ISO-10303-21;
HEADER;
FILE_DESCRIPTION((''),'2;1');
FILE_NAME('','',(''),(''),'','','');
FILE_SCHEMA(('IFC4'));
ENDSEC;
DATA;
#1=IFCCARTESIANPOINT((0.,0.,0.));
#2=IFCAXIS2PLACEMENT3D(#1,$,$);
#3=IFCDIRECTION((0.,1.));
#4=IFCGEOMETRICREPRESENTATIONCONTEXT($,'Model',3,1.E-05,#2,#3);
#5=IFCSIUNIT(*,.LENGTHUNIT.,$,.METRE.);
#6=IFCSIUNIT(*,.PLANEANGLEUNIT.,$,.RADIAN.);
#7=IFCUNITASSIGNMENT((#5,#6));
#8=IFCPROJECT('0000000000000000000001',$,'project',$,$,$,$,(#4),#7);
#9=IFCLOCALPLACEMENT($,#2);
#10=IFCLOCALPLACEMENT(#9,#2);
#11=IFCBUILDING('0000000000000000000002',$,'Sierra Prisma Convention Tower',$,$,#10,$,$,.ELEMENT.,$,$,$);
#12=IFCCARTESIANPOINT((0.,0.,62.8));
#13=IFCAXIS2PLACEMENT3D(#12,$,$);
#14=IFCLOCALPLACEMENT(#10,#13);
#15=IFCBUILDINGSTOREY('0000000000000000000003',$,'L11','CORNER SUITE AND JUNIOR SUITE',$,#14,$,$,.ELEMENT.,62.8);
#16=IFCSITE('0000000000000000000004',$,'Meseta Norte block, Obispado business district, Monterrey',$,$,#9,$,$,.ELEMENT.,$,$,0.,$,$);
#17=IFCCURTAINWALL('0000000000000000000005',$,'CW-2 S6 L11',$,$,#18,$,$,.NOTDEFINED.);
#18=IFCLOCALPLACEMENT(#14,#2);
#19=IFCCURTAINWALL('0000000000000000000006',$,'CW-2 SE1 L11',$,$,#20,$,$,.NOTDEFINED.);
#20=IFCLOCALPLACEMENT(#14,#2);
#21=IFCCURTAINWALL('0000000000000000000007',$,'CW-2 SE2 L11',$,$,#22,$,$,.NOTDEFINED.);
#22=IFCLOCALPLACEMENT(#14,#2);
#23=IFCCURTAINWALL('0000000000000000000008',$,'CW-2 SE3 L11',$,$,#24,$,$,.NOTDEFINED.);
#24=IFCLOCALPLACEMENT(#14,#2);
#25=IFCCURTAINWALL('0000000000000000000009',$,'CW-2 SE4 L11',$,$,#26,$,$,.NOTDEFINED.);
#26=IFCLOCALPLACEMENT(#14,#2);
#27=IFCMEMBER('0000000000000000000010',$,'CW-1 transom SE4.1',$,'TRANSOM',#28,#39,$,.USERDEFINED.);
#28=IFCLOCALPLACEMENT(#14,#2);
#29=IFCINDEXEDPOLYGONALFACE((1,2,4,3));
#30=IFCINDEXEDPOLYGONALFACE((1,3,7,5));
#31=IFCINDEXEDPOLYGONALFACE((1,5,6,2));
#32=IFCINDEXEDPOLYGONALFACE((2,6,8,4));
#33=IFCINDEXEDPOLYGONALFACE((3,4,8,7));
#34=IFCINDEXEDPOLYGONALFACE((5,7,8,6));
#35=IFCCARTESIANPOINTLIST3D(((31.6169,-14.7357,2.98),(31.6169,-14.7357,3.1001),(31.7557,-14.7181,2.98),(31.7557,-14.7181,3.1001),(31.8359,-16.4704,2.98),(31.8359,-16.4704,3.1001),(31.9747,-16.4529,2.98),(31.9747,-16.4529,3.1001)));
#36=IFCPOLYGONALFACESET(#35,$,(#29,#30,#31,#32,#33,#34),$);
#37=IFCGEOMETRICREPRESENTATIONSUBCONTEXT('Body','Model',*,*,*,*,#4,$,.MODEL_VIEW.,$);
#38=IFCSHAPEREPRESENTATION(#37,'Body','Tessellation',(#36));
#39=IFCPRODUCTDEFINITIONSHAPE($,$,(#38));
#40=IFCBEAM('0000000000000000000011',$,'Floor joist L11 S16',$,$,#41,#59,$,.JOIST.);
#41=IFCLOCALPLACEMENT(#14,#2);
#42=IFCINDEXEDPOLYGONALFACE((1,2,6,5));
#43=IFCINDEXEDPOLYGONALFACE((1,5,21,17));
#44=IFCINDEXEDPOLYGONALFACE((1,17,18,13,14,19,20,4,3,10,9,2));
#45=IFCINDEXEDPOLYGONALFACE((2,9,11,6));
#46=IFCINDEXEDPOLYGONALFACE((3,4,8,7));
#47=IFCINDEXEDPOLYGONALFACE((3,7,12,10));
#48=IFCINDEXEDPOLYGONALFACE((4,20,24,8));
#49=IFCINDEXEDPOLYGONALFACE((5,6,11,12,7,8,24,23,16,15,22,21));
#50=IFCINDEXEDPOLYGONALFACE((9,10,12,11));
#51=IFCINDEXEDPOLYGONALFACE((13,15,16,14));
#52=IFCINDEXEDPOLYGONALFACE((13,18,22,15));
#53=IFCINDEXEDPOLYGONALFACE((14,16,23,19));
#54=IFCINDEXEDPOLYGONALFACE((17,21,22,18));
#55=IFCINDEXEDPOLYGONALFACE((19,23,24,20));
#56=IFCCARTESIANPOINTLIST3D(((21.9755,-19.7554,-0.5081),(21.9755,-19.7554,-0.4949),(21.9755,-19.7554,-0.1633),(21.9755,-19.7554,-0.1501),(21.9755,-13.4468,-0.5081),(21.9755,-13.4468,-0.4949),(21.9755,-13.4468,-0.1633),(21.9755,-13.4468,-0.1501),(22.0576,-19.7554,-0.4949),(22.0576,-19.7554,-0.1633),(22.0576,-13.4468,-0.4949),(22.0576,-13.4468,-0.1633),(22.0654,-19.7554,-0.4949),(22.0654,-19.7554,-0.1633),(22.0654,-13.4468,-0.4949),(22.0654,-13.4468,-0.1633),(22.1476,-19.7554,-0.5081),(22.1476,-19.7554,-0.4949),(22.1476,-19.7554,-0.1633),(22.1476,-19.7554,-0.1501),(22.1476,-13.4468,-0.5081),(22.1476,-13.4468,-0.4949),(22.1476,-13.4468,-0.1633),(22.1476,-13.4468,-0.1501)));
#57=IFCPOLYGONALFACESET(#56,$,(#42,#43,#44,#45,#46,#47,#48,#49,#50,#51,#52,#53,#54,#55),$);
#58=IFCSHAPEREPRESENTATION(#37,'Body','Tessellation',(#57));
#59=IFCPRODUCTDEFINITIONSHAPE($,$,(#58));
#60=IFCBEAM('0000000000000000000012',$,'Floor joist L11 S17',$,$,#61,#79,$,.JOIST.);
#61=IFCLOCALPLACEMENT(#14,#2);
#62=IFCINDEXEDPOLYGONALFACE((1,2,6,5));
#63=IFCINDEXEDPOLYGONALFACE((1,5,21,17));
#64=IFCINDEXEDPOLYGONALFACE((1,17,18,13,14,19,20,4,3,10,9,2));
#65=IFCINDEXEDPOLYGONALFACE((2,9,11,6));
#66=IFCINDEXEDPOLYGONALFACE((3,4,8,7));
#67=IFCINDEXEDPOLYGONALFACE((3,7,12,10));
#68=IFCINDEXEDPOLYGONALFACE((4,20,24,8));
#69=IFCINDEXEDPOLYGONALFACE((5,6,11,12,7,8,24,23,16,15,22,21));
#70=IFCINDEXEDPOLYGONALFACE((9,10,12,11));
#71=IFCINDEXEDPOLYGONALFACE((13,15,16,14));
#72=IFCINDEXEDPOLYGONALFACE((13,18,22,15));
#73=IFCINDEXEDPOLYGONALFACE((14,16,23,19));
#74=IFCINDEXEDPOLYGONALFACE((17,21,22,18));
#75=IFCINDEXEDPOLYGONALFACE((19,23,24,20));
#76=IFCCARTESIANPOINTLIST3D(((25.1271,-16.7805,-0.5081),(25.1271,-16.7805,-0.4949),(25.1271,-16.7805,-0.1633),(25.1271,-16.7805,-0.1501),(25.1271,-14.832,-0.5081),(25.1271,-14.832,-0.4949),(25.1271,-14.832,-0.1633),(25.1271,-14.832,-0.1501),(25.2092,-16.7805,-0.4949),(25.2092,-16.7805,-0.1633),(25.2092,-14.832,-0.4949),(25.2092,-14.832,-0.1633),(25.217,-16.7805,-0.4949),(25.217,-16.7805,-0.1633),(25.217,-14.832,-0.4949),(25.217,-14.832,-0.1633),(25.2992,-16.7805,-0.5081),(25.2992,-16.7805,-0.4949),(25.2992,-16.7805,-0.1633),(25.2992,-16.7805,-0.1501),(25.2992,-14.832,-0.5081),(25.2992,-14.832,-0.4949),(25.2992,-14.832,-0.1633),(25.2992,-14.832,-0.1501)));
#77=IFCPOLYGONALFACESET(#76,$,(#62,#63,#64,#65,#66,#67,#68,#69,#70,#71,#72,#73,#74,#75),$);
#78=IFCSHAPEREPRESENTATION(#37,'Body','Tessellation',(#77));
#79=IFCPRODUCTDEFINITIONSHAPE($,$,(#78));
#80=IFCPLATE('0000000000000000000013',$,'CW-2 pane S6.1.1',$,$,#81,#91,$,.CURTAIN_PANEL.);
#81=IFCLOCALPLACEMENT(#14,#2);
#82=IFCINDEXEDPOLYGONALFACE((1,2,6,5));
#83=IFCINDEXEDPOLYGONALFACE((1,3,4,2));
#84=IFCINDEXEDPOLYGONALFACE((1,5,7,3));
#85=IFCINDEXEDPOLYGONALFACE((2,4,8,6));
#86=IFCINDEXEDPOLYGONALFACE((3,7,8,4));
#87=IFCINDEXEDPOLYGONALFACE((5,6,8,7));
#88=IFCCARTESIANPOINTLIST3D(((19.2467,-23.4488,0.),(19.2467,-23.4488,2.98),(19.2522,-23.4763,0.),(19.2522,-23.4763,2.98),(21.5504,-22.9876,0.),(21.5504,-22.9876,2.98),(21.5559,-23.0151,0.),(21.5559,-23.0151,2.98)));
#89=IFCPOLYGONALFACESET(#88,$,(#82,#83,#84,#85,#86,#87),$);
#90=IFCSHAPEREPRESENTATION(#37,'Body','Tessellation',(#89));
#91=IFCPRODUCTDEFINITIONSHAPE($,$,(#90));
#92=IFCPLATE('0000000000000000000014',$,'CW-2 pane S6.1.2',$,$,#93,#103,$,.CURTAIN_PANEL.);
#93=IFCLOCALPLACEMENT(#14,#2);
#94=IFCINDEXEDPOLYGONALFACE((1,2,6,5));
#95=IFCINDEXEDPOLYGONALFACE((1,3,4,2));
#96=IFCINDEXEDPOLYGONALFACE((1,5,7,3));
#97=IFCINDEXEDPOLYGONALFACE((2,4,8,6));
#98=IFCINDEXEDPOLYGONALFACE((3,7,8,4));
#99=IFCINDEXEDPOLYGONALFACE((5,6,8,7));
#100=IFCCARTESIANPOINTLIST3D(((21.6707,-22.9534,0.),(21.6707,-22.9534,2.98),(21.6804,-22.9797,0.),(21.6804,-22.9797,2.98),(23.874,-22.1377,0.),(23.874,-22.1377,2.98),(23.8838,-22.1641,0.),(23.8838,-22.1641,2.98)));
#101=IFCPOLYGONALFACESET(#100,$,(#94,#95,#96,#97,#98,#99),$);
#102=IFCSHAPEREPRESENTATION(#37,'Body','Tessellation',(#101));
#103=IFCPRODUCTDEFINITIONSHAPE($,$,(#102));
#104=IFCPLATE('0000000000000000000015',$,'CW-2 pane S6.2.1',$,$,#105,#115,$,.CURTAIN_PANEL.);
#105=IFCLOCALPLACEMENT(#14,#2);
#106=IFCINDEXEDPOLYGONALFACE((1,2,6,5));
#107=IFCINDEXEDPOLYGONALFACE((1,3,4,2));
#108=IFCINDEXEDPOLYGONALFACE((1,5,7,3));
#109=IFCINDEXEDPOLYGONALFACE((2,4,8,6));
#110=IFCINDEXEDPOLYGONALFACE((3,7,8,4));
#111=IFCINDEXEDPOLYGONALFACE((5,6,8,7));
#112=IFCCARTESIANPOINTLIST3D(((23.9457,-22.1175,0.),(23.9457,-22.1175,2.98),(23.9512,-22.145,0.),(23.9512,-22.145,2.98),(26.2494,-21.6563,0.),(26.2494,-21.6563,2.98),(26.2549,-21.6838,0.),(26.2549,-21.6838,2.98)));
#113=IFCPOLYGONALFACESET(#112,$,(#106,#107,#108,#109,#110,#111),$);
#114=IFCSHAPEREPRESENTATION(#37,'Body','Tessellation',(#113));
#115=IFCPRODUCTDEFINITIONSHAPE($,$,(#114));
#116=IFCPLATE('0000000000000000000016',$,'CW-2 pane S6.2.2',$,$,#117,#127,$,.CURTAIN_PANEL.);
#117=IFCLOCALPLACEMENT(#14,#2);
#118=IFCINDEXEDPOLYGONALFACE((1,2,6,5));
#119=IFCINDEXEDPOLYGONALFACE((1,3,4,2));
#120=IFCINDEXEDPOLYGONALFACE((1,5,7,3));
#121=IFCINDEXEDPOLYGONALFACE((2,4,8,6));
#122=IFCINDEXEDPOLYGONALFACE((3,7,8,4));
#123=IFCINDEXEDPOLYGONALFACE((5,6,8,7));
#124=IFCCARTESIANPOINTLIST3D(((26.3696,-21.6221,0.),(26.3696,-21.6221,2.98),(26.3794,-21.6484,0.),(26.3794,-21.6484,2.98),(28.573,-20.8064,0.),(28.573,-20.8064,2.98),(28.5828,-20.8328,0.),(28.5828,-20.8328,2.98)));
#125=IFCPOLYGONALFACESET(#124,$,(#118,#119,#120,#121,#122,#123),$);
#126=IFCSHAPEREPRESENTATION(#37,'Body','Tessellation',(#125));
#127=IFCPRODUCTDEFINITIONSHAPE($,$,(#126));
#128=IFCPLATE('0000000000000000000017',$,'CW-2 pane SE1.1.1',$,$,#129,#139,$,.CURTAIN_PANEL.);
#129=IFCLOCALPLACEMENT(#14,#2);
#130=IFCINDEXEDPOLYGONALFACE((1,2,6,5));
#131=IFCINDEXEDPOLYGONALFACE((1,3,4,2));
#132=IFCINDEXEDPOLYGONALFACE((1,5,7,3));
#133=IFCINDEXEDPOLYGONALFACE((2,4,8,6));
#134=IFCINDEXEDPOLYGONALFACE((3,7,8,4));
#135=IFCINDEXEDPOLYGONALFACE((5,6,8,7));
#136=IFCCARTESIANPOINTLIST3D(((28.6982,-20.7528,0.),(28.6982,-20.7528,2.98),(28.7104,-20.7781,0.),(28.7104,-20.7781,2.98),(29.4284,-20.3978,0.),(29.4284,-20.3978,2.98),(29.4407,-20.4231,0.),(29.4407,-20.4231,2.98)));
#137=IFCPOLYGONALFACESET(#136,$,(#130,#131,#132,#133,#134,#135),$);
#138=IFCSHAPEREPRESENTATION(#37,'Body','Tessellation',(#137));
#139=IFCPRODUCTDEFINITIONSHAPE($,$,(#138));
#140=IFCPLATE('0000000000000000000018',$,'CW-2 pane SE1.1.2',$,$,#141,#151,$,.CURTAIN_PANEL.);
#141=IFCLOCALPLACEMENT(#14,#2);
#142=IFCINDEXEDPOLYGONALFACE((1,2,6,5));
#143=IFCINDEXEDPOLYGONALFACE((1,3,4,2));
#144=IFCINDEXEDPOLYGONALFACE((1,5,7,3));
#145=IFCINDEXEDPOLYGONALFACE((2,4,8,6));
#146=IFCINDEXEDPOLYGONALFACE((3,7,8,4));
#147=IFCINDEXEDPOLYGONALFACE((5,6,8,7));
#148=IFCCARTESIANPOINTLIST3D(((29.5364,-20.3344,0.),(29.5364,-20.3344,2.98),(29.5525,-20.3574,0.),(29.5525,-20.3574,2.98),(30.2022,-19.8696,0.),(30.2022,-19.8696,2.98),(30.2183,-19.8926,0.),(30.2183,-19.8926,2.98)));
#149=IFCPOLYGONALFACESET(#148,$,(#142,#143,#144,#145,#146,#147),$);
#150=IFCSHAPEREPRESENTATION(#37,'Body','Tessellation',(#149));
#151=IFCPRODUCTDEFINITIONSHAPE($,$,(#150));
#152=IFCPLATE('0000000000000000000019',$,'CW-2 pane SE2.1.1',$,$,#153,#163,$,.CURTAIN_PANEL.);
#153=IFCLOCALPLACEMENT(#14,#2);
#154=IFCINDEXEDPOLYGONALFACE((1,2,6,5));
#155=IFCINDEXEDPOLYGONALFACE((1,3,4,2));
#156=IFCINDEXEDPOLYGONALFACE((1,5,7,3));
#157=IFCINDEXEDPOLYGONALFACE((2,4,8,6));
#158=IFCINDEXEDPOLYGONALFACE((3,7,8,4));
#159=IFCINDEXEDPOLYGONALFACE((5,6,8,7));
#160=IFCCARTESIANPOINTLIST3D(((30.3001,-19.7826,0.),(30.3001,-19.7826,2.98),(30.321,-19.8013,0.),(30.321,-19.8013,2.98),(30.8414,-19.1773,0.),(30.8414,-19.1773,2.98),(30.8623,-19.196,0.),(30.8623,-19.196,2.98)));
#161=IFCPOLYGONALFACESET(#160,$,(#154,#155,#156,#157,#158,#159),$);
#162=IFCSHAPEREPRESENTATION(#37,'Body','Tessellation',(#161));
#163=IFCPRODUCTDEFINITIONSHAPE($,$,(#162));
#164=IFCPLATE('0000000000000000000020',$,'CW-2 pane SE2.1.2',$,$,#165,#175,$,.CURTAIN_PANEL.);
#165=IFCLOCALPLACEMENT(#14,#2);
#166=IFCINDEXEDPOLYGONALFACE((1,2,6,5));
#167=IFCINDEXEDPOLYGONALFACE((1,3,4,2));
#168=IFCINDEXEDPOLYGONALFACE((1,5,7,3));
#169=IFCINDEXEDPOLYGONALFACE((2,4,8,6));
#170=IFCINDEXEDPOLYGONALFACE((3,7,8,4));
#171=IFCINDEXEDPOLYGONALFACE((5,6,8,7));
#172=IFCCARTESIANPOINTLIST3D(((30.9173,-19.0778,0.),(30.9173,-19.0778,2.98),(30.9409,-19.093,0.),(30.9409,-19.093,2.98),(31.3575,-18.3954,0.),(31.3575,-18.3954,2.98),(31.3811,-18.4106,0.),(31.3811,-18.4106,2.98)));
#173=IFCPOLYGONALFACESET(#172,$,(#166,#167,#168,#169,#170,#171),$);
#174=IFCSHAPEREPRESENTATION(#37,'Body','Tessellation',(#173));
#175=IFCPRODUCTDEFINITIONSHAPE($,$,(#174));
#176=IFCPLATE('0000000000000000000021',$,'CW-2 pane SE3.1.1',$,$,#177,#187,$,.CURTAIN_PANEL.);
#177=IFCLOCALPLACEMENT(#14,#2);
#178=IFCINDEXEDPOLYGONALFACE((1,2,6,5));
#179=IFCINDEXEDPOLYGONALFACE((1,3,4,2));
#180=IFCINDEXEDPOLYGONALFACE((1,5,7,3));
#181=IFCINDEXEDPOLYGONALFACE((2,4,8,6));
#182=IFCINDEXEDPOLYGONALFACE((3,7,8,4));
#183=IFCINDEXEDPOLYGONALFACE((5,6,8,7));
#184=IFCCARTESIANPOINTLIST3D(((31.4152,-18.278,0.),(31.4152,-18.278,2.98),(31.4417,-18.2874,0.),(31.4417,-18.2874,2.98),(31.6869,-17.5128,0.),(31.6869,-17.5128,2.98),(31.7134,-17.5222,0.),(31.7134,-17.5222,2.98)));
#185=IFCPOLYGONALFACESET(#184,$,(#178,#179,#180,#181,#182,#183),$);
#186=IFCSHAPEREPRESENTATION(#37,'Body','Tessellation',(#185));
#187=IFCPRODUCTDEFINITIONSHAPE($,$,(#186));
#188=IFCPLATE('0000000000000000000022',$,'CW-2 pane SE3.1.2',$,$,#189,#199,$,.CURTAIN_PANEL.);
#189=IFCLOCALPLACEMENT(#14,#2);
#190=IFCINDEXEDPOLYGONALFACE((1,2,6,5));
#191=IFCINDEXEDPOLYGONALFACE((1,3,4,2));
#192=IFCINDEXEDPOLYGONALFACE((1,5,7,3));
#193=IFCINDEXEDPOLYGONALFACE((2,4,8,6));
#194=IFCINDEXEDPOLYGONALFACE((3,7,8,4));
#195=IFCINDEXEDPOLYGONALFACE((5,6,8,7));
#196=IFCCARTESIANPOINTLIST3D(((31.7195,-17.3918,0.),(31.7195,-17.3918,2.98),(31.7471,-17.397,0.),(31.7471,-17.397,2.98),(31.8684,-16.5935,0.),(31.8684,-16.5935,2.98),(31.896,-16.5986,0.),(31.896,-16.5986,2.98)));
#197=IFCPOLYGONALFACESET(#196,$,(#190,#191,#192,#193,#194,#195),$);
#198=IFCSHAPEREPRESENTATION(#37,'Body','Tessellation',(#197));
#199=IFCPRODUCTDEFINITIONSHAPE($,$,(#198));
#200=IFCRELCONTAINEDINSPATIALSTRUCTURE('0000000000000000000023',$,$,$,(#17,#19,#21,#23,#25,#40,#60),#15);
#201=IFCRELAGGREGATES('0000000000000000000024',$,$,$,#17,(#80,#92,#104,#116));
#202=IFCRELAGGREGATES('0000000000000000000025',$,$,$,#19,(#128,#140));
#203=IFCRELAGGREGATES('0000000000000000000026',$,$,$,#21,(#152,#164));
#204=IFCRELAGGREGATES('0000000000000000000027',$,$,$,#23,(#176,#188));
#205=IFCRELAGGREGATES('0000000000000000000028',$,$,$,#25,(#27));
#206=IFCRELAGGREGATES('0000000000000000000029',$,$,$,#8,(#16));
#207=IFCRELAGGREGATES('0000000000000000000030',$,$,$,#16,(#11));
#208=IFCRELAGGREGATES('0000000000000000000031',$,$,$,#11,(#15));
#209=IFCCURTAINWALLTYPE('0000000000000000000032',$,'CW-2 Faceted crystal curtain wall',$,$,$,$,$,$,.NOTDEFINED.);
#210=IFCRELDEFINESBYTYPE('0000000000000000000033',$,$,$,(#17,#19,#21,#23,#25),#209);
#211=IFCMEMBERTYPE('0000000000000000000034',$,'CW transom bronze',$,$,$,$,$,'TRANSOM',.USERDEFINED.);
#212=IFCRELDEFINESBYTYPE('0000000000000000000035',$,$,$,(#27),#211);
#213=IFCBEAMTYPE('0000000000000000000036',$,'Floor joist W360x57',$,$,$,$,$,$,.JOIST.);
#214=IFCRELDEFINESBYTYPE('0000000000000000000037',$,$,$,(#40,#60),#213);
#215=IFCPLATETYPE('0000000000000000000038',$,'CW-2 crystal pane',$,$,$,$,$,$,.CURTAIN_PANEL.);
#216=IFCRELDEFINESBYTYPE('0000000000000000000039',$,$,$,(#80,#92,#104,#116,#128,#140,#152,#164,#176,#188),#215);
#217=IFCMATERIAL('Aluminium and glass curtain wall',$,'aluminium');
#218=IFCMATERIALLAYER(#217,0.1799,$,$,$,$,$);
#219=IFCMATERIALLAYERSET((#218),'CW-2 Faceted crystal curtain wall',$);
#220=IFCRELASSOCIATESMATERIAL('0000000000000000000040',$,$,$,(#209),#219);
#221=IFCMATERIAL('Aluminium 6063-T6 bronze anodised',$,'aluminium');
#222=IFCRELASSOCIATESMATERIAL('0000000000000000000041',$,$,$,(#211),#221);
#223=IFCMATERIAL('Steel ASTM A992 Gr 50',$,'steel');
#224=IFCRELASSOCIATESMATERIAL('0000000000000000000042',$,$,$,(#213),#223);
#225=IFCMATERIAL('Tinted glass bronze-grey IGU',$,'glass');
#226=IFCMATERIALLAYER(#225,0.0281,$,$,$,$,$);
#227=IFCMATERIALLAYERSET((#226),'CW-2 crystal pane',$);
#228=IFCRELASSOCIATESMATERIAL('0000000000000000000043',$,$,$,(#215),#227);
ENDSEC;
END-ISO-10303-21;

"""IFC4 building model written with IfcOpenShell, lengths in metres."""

from ifc_helpers import new_model, si_unit, direction, frame, origin, origin_2d, place, context, subcontext, project, spatial, polyline, rectangle, i_section, outline, extrude, material, layer, layer_set, material_profile, profile_set, type_object, element, aggregate, save


model = new_model("IFC4")

# Units and contexts
model_context = context("Model", 3, precision=1e-05, world=origin(), true_north=direction((0.0, 1.0)))
body_context = subcontext(model_context, "Body", "Model", "MODEL_VIEW")
ifc_project = project(units=[si_unit("LENGTHUNIT", "METRE"), si_unit("PLANEANGLEUNIT", "RADIAN")], contexts=[model_context])

# Site, building, storey
site_placement = place(None, origin())
site = spatial("IfcSite", under=ifc_project, at=site_placement, Name="Meseta Norte block, Obispado business district, Monterrey", CompositionType="ELEMENT", RefElevation=0.0)
building_placement = place(site_placement, origin())
building = spatial("IfcBuilding", under=site, at=building_placement, Name="Sierra Prisma Convention Tower", CompositionType="ELEMENT")
storey_placement = place(building_placement, frame((0.0, 0.0, 62.8)))
storey = spatial("IfcBuildingStorey", under=building, at=storey_placement, Name="L11", Description="CORNER SUITE AND JUNIOR SUITE", CompositionType="ELEMENT", Elevation=62.8)

# Curtain wall
ifc_material_1 = material(Name="Aluminium and glass curtain wall", Category="aluminium")
ifc_layer_1 = layer(ifc_material_1, 0.1799)
ifc_layer_set_1 = layer_set([ifc_layer_1], Name="CW-2 Faceted crystal curtain wall")
curtain_wall_type = type_object("IfcCurtainWallType", Name="CW-2 Faceted crystal curtain wall", PredefinedType="NOTDEFINED", material=ifc_layer_set_1)
curtain_wall_1_placement = place(storey_placement, origin())
curtain_wall_1 = element("IfcCurtainWall", 1, at=curtain_wall_1_placement, inside=storey, type_object=curtain_wall_type, Name="CW-2 S6 L11", PredefinedType="NOTDEFINED")

# Curtain walls
curtain_wall_2_placement = place(storey_placement, origin())
curtain_wall_2 = element("IfcCurtainWall", 2, at=curtain_wall_2_placement, inside=storey, type_object=curtain_wall_type, Name="CW-2 SE1 L11", PredefinedType="NOTDEFINED")
curtain_wall_3_placement = place(storey_placement, origin())
curtain_wall_3 = element("IfcCurtainWall", 3, at=curtain_wall_3_placement, inside=storey, type_object=curtain_wall_type, Name="CW-2 SE2 L11", PredefinedType="NOTDEFINED")
curtain_wall_4_placement = place(storey_placement, origin())
curtain_wall_4 = element("IfcCurtainWall", 4, at=curtain_wall_4_placement, inside=storey, type_object=curtain_wall_type, Name="CW-2 SE3 L11", PredefinedType="NOTDEFINED")

# Curtain wall
curtain_wall_5_placement = place(storey_placement, origin())
curtain_wall_5 = element("IfcCurtainWall", 5, at=curtain_wall_5_placement, inside=storey, type_object=curtain_wall_type, Name="CW-2 SE4 L11", PredefinedType="NOTDEFINED")

# Member
ifc_material_2 = material(Name="Aluminium 6063-T6 bronze anodised", Category="aluminium")
ifc_material_profile_1 = material_profile(ifc_material_2, rectangle(XDim=0.1399, YDim=0.1201, at=origin_2d()), Name="ALU TRANSOM 120x140")
ifc_profile_set_1 = profile_set([ifc_material_profile_1], Name="Aluminium 6063-T6 bronze anodised")
member_type_1 = type_object("IfcMemberType", Name="CW transom bronze", ElementType="TRANSOM", PredefinedType="USERDEFINED", material=ifc_profile_set_1)
member_1_placement = place(storey_placement, frame((31.9053, -16.4617, 3.04), z_axis=(-0.125238, 0.992127, 0.0), x_axis=(-0.992127, -0.125238, 0.0)))
member_1 = element("IfcMember", 6, at=member_1_placement, type_object=member_type_1, Name="CW-1 transom SE4.1", ObjectType="TRANSOM", PredefinedType="USERDEFINED", context=body_context, shape_type="SweptSolid", body=[
    extrude(rectangle(XDim=0.1399, YDim=0.1201, at=origin_2d()), origin(), (0.0, 0.0, 1.0), 1.7485),
])

# Beams
ifc_material_3 = material(Name="Steel ASTM A992 Gr 50", Category="steel")
ifc_material_profile_2 = material_profile(ifc_material_3, i_section(OverallWidth=0.1721, OverallDepth=0.3579, WebThickness=0.0078, FlangeThickness=0.0132, at=origin_2d()), Name="W360x57")
ifc_profile_set_2 = profile_set([ifc_material_profile_2], Name="Steel ASTM A992 Gr 50")
beam_type = type_object("IfcBeamType", Name="Floor joist W360x57", PredefinedType="JOIST", material=ifc_profile_set_2)
beam_1_placement = place(storey_placement, frame((22.0615, -19.7554, -0.3291), z_axis=(0.0, 1.0, 0.0), x_axis=(-1.0, 0.0, 0.0)))
element("IfcBeam", 7, at=beam_1_placement, inside=storey, type_object=beam_type, Name="Floor joist L11 S16", PredefinedType="JOIST", context=body_context, shape_type="SweptSolid", body=[
    extrude(i_section(OverallWidth=0.1721, OverallDepth=0.3579, WebThickness=0.0078, FlangeThickness=0.0132, at=origin_2d()), origin(), (0.0, 0.0, 1.0), 6.3086),
])
beam_2_placement = place(storey_placement, frame((25.2131, -16.7805, -0.3291), z_axis=(0.0, 1.0, 0.0), x_axis=(-1.0, 0.0, 0.0)))
element("IfcBeam", 8, at=beam_2_placement, inside=storey, type_object=beam_type, Name="Floor joist L11 S17", PredefinedType="JOIST", context=body_context, shape_type="SweptSolid", body=[
    extrude(i_section(OverallWidth=0.1721, OverallDepth=0.3579, WebThickness=0.0078, FlangeThickness=0.0132, at=origin_2d()), origin(), (0.0, 0.0, 1.0), 1.9485),
])

# Plates
ifc_material_4 = material(Name="Tinted glass bronze-grey IGU", Category="glass")
ifc_layer_2 = layer(ifc_material_4, 0.0281)
ifc_layer_set_2 = layer_set([ifc_layer_2], Name="CW-2 crystal pane")
plate_type = type_object("IfcPlateType", Name="CW-2 crystal pane", PredefinedType="CURTAIN_PANEL", material=ifc_layer_set_2)
plate_1_placement = place(storey_placement, frame((19.2522, -23.4763, 0.0), z_axis=(0.196296, -0.980545, 0.0), x_axis=(0.980545, 0.196296, 0.0)))
plate_1 = element("IfcPlate", 9, at=plate_1_placement, type_object=plate_type, Name="CW-2 pane S6.1.1", PredefinedType="CURTAIN_PANEL", context=body_context, shape_type="SweptSolid", body=[
    extrude(outline(polyline([(0.0, 0.0), (2.3494, 0.0), (2.3494, 2.98), (0.0, 2.98), (0.0, 0.0)])), origin(), (0.0, 0.0, -1.0), 0.0281),
])
plate_2_placement = place(storey_placement, frame((23.8838, -22.1641, 0.0), z_axis=(0.347169, -0.937803, 0.0), x_axis=(-0.937803, -0.347169, 0.0)))
plate_2 = element("IfcPlate", 10, at=plate_2_placement, type_object=plate_type, Name="CW-2 pane S6.1.2", PredefinedType="CURTAIN_PANEL", context=body_context, shape_type="SweptSolid", body=[
    extrude(outline(polyline([(0.0, 0.0), (2.3495, 0.0), (2.3495, -2.98), (0.0, -2.98), (0.0, 0.0)])), origin(), (0.0, 0.0, -1.0), 0.0281),
])
plate_3_placement = place(storey_placement, frame((23.9512, -22.145, 0.0), z_axis=(0.196296, -0.980545, 0.0), x_axis=(0.980545, 0.196296, 0.0)))
plate_3 = element("IfcPlate", 11, at=plate_3_placement, type_object=plate_type, Name="CW-2 pane S6.2.1", PredefinedType="CURTAIN_PANEL", context=body_context, shape_type="SweptSolid", body=[
    extrude(outline(polyline([(0.0, 0.0), (2.3494, 0.0), (2.3494, 2.98), (0.0, 2.98), (0.0, 0.0)])), origin(), (0.0, 0.0, -1.0), 0.0281),
])
plate_4_placement = place(storey_placement, frame((28.5828, -20.8328, 0.0), z_axis=(0.347169, -0.937803, 0.0), x_axis=(-0.937803, -0.347169, 0.0)))
plate_4 = element("IfcPlate", 12, at=plate_4_placement, type_object=plate_type, Name="CW-2 pane S6.2.2", PredefinedType="CURTAIN_PANEL", context=body_context, shape_type="SweptSolid", body=[
    extrude(outline(polyline([(0.0, 0.0), (2.3495, 0.0), (2.3495, -2.98), (0.0, -2.98), (0.0, 0.0)])), origin(), (0.0, 0.0, -1.0), 0.0281),
])
aggregate(curtain_wall_1, [plate_1, plate_2, plate_3, plate_4])
plate_5_placement = place(storey_placement, frame((28.7104, -20.7781, 0.0), z_axis=(0.437203, -0.899363, 0.0), x_axis=(0.899363, 0.437203, 0.0)))
plate_5 = element("IfcPlate", 13, at=plate_5_placement, type_object=plate_type, Name="CW-2 pane SE1.1.1", PredefinedType="CURTAIN_PANEL", context=body_context, shape_type="SweptSolid", body=[
    extrude(outline(polyline([(0.0, 0.0), (0.8119, 0.0), (0.8119, 2.98), (0.0, 2.98), (0.0, 0.0)])), origin(), (0.0, 0.0, -1.0), 0.0281),
])
plate_6_placement = place(storey_placement, frame((30.2183, -19.8926, 0.0), z_axis=(0.572473, -0.819923, 0.0), x_axis=(-0.819923, -0.572473, 0.0)))
plate_6 = element("IfcPlate", 14, at=plate_6_placement, type_object=plate_type, Name="CW-2 pane SE1.1.2", PredefinedType="CURTAIN_PANEL", context=body_context, shape_type="SweptSolid", body=[
    extrude(outline(polyline([(0.0, 0.0), (0.812, 0.0), (0.812, -2.98), (0.0, -2.98), (0.0, 0.0)])), origin(), (0.0, 0.0, -1.0), 0.0281),
])
aggregate(curtain_wall_2, [plate_5, plate_6])
plate_7_placement = place(storey_placement, frame((30.321, -19.8013, 0.0), z_axis=(0.745399, -0.666619, 0.0), x_axis=(0.666619, 0.745399, 0.0)))
plate_7 = element("IfcPlate", 15, at=plate_7_placement, type_object=plate_type, Name="CW-2 pane SE2.1.1", PredefinedType="CURTAIN_PANEL", context=body_context, shape_type="SweptSolid", body=[
    extrude(outline(polyline([(0.0, 0.0), (0.8119, 0.0), (0.8119, 2.98), (0.0, 2.98), (0.0, 0.0)])), origin(), (0.0, 0.0, -1.0), 0.0281),
])
plate_8_placement = place(storey_placement, frame((31.3811, -18.4106, 0.0), z_axis=(0.840328, -0.542079, 0.0), x_axis=(-0.542079, -0.840328, 0.0)))
plate_8 = element("IfcPlate", 16, at=plate_8_placement, type_object=plate_type, Name="CW-2 pane SE2.1.2", PredefinedType="CURTAIN_PANEL", context=body_context, shape_type="SweptSolid", body=[
    extrude(outline(polyline([(0.0, 0.0), (0.812, 0.0), (0.812, -2.98), (0.0, -2.98), (0.0, 0.0)])), origin(), (0.0, 0.0, -1.0), 0.0281),
])
aggregate(curtain_wall_3, [plate_7, plate_8])
plate_9_placement = place(storey_placement, frame((31.4417, -18.2874, 0.0), z_axis=(0.942339, -0.33466, 0.0), x_axis=(0.33466, 0.942339, 0.0)))
plate_9 = element("IfcPlate", 17, at=plate_9_placement, type_object=plate_type, Name="CW-2 pane SE3.1.1", PredefinedType="CURTAIN_PANEL", context=body_context, shape_type="SweptSolid", body=[
    extrude(outline(polyline([(0.0, 0.0), (0.812, 0.0), (0.812, 2.98), (0.0, 2.98), (0.0, 0.0)])), origin(), (0.0, 0.0, -1.0), 0.0281),
])
plate_10_placement = place(storey_placement, frame((31.896, -16.5986, 0.0), z_axis=(0.983042, -0.183381, 0.0), x_axis=(-0.183381, -0.983042, 0.0)))
plate_10 = element("IfcPlate", 18, at=plate_10_placement, type_object=plate_type, Name="CW-2 pane SE3.1.2", PredefinedType="CURTAIN_PANEL", context=body_context, shape_type="SweptSolid", body=[
    extrude(outline(polyline([(0.0, 0.0), (0.8121, 0.0), (0.8121, -2.98), (0.0, -2.98), (0.0, 0.0)])), origin(), (0.0, 0.0, -1.0), 0.0281),
])
aggregate(curtain_wall_4, [plate_9, plate_10])
aggregate(curtain_wall_5, [member_1])

save(model, "model.ifc")
